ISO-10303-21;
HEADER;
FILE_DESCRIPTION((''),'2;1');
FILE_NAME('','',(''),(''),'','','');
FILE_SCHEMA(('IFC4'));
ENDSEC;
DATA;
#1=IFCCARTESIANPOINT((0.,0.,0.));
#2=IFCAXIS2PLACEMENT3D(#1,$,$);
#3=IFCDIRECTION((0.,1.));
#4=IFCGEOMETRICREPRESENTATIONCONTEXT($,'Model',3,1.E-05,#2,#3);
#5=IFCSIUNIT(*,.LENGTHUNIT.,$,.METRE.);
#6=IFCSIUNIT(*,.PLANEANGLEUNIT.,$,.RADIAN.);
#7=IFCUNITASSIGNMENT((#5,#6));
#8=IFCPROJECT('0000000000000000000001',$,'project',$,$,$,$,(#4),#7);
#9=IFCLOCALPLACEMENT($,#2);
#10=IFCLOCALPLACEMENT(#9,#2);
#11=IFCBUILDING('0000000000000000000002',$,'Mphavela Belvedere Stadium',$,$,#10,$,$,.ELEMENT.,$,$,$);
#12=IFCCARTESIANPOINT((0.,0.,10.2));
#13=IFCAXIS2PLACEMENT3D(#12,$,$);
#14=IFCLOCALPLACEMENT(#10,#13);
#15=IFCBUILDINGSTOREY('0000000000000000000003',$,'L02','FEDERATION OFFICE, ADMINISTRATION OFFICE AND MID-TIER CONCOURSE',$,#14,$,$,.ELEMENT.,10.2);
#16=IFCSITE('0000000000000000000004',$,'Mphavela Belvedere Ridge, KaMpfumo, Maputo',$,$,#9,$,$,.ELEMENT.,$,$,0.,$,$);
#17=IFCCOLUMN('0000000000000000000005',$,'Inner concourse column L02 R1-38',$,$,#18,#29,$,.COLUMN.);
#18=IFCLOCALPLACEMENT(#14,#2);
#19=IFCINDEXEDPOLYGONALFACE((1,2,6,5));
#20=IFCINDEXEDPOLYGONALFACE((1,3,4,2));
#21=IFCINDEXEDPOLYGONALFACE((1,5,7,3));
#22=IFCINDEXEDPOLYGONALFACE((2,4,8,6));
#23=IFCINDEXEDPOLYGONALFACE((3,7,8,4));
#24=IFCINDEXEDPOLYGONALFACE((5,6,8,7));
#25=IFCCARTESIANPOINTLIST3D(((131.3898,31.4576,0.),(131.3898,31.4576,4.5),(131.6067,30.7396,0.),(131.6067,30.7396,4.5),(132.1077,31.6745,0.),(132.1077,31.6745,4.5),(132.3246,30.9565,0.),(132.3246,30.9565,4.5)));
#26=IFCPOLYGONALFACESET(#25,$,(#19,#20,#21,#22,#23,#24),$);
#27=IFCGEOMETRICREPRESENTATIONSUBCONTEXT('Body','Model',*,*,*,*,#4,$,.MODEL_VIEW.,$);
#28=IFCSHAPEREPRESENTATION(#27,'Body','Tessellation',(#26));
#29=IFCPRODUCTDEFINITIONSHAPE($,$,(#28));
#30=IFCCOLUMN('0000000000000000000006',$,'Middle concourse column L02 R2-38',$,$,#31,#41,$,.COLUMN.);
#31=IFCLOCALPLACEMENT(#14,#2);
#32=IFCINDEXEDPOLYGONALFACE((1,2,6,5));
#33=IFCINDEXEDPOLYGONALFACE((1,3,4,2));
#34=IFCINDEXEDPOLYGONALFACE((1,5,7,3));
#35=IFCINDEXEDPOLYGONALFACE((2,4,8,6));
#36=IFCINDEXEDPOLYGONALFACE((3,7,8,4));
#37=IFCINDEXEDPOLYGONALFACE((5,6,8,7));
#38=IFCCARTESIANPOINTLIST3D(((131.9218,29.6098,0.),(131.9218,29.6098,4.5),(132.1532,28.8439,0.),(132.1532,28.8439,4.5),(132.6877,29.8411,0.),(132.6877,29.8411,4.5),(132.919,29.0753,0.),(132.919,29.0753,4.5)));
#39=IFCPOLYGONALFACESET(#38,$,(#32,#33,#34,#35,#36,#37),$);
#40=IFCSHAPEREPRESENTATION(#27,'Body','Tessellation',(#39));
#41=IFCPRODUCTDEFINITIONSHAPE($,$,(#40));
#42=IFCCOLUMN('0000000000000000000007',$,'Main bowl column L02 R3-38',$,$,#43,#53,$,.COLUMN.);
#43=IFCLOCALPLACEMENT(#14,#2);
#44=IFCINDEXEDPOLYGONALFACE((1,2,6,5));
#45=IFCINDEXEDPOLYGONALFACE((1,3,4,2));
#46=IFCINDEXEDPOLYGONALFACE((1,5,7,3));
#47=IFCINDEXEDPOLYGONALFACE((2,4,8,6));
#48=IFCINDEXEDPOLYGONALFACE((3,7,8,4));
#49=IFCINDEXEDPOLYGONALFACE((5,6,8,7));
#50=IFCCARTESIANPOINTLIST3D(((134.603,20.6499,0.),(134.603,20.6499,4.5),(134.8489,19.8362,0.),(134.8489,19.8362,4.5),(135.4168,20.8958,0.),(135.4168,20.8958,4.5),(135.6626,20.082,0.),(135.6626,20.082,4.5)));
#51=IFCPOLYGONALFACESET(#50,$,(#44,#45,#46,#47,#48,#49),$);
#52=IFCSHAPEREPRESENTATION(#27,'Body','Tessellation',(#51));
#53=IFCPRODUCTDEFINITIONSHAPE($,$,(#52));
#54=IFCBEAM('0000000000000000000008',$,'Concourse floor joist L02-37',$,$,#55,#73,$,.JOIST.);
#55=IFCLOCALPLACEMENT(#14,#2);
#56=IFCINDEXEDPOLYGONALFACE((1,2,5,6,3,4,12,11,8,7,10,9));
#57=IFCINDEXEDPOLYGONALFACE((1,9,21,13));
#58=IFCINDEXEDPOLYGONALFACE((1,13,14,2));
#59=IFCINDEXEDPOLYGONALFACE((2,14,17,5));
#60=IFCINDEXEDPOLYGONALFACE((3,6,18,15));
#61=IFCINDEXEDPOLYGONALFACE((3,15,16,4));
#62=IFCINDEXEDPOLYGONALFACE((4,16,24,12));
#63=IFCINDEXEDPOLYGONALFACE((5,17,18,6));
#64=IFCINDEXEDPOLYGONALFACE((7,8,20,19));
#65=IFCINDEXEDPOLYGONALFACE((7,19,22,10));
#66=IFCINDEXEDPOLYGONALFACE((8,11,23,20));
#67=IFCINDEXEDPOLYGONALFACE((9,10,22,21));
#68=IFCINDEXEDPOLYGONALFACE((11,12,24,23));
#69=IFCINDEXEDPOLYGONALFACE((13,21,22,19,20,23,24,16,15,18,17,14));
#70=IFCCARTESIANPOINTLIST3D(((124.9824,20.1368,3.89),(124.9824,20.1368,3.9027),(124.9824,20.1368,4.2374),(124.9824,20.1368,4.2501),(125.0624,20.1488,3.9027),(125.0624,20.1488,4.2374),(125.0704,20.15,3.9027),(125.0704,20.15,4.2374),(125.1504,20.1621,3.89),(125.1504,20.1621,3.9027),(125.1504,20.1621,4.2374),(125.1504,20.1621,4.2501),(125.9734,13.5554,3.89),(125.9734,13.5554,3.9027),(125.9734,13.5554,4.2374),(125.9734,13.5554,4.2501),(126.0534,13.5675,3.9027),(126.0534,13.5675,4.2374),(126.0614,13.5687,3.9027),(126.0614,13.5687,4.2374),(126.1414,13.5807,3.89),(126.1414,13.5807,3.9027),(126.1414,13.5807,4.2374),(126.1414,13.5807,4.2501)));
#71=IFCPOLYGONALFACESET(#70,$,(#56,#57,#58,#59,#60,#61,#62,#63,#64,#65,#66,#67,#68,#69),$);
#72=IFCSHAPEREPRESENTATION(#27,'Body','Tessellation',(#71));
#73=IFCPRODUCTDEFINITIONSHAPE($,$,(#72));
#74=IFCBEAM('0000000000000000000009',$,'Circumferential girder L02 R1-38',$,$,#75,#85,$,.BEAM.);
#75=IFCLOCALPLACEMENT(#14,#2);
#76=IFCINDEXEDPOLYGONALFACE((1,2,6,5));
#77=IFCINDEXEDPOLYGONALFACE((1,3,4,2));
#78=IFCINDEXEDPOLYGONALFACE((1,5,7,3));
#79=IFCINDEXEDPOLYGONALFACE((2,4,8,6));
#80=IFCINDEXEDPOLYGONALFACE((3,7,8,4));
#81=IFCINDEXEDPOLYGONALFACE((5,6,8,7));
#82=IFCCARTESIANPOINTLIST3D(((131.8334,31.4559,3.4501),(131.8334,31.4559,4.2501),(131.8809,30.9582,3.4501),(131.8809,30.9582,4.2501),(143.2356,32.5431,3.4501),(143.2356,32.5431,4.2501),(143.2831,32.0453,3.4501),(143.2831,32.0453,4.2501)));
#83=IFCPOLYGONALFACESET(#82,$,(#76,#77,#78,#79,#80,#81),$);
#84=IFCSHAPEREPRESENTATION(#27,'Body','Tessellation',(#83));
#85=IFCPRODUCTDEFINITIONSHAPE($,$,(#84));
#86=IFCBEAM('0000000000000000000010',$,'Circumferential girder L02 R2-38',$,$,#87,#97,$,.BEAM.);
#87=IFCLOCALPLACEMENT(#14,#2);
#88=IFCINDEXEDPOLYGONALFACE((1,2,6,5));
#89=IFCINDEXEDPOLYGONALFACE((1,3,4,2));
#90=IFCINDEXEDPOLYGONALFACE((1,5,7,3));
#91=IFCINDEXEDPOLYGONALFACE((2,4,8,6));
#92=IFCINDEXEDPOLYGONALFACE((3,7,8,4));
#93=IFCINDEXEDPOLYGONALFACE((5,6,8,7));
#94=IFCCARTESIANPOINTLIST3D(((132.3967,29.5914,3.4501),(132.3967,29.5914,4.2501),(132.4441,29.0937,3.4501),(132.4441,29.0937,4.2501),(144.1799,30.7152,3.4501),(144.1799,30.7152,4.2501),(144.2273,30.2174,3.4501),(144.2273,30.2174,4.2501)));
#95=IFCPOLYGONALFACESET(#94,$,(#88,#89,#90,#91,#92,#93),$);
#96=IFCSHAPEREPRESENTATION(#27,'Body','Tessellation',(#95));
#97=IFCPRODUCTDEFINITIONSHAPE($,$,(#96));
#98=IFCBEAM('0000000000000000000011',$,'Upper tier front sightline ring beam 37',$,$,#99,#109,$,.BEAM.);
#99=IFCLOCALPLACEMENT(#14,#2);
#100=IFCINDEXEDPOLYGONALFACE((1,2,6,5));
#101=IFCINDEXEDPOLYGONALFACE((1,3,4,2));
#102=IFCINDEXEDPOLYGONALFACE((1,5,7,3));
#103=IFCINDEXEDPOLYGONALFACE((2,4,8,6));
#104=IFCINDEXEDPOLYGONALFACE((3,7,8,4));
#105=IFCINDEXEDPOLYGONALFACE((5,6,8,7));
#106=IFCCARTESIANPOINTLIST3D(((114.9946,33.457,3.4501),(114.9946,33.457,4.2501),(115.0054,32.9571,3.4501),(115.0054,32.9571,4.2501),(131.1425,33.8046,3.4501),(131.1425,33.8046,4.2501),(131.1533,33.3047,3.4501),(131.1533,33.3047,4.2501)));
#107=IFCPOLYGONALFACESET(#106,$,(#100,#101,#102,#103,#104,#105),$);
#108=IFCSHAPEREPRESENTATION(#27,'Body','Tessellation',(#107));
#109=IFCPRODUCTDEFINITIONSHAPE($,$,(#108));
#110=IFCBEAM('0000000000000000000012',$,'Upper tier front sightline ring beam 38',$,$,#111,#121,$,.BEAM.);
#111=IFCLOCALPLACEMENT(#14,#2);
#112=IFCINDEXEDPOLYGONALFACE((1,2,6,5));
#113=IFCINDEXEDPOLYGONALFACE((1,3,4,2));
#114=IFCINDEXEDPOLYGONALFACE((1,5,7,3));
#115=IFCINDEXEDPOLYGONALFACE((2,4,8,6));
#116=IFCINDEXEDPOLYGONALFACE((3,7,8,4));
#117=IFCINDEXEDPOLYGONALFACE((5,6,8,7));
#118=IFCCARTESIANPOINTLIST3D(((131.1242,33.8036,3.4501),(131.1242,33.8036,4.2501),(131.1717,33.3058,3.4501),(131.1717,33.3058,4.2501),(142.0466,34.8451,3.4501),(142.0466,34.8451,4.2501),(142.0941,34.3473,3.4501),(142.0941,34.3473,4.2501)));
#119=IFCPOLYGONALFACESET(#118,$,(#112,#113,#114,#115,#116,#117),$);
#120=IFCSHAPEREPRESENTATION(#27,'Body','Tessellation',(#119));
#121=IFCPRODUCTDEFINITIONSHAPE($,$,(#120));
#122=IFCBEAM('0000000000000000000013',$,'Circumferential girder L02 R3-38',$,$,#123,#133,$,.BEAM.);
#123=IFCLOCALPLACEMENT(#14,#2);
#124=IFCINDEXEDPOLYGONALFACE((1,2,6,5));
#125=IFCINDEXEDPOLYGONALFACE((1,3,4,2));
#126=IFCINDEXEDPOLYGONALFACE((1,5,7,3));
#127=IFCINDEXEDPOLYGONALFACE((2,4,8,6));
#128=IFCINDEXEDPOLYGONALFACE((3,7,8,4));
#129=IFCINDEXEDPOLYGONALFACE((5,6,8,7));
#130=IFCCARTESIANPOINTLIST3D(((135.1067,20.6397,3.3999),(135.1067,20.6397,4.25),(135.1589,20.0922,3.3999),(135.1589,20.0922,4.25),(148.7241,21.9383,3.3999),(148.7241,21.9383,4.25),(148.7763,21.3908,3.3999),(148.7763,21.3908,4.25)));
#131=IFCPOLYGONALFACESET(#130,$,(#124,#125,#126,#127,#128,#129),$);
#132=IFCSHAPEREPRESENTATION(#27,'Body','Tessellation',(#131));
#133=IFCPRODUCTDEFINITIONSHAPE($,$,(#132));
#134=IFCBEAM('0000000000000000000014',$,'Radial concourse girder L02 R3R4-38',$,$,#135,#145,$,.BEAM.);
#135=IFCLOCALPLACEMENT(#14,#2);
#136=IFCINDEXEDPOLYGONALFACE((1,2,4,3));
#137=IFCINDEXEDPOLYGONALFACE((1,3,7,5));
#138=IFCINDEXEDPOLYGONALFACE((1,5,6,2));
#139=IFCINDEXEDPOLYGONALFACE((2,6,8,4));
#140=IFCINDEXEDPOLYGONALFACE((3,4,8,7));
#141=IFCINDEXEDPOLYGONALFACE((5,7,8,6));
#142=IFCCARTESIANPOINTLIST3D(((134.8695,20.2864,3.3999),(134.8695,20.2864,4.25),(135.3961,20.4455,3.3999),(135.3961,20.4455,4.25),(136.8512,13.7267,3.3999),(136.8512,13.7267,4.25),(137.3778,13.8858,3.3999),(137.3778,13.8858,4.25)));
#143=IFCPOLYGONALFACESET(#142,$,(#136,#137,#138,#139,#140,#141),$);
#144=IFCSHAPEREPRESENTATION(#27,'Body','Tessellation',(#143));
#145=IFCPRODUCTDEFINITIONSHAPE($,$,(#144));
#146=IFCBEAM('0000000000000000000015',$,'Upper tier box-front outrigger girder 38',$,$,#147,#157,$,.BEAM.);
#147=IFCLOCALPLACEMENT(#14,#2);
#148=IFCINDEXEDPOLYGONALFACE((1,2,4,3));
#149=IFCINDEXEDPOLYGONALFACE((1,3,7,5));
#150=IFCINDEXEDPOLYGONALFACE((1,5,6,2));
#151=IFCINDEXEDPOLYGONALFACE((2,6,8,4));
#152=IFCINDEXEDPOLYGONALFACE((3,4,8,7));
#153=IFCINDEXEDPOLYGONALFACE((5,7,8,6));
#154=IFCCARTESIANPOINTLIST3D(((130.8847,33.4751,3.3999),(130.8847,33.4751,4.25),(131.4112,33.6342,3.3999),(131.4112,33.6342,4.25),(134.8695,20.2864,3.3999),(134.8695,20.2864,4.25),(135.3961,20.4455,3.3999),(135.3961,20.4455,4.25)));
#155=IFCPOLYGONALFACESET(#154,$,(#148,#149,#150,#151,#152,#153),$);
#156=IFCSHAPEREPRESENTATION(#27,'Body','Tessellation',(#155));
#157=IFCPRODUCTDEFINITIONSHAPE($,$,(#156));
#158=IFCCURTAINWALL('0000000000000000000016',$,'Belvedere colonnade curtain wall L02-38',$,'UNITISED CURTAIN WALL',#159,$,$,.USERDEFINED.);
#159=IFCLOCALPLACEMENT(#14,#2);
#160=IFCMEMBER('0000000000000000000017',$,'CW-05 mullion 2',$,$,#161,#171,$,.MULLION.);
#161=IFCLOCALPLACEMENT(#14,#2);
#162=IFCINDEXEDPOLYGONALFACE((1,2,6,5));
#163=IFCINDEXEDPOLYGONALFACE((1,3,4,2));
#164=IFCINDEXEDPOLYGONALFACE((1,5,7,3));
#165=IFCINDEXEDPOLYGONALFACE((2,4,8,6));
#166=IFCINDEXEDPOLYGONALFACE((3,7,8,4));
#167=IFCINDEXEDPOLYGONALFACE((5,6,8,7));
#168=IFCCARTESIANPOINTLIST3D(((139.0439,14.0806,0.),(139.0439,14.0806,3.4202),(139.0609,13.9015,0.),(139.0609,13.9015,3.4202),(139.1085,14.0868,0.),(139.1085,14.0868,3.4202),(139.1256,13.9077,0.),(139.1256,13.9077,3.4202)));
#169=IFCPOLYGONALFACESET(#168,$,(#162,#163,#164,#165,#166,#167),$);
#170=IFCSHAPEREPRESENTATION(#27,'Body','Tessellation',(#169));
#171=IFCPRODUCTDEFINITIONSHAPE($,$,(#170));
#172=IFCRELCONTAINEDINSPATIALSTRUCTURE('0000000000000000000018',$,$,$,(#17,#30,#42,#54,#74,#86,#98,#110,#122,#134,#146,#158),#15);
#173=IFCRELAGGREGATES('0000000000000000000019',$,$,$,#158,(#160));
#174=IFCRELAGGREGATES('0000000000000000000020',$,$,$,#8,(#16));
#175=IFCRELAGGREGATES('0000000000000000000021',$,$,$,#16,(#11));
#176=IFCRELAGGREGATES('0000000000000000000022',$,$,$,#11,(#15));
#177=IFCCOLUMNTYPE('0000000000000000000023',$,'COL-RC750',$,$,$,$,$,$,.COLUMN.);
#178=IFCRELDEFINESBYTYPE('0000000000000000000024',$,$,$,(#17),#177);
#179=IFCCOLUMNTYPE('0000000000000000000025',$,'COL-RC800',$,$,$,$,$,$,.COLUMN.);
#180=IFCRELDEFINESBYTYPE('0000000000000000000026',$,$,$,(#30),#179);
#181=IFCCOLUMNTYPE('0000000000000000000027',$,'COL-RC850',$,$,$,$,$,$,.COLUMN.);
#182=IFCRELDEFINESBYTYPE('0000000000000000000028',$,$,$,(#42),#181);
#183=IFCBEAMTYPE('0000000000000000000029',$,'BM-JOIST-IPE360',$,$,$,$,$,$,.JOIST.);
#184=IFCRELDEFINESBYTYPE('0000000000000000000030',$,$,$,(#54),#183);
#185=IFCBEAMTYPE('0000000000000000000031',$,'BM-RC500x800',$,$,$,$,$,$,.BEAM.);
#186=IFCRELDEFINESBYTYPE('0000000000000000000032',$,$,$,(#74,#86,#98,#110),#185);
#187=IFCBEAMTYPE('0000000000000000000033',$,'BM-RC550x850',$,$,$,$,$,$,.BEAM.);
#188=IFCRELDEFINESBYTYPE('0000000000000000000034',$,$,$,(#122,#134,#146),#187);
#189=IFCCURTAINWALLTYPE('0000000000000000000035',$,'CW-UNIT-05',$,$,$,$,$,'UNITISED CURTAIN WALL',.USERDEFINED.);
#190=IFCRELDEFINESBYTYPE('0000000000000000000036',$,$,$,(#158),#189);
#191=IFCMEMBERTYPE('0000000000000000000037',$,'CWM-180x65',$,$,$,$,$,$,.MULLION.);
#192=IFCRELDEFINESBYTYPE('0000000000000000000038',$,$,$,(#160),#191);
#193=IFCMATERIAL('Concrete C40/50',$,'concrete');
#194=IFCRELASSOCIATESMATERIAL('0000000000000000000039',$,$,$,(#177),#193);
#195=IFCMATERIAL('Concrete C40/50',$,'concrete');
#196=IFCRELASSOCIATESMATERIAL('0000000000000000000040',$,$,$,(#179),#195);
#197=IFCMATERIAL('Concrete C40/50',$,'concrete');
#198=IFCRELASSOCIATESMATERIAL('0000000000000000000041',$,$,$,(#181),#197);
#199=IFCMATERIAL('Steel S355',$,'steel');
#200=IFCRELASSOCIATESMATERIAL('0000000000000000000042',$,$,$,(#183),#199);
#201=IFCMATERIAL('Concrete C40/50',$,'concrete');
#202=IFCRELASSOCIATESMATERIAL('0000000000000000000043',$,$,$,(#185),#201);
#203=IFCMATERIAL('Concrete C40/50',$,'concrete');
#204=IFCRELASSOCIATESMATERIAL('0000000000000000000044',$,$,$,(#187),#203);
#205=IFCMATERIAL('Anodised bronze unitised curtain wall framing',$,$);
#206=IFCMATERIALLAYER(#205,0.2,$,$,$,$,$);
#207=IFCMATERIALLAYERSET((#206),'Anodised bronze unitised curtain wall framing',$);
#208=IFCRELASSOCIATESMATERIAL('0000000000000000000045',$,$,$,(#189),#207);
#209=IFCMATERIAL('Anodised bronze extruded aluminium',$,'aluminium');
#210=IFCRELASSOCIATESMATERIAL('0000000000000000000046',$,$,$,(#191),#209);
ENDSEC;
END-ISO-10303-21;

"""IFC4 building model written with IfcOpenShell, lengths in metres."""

from ifc_helpers import new_model, si_unit, direction, frame, origin, origin_2d, place, context, subcontext, project, spatial, rectangle, i_section, extrude, material, layer, layer_set, material_profile, profile_set, type_object, element, aggregate, save


model = new_model("IFC4")

# Units and contexts
model_context = context("Model", 3, precision=1e-05, world=origin(), true_north=direction((0.0, 1.0)))
body_context = subcontext(model_context, "Body", "Model", "MODEL_VIEW")
ifc_project = project(units=[si_unit("LENGTHUNIT", "METRE"), si_unit("PLANEANGLEUNIT", "RADIAN")], contexts=[model_context])

# Site, building, storey
site_placement = place(None, origin())
site = spatial("IfcSite", under=ifc_project, at=site_placement, Name="Mphavela Belvedere Ridge, KaMpfumo, Maputo", CompositionType="ELEMENT", RefElevation=0.0)
building_placement = place(site_placement, origin())
building = spatial("IfcBuilding", under=site, at=building_placement, Name="Mphavela Belvedere Stadium", CompositionType="ELEMENT")
storey_placement = place(building_placement, frame((0.0, 0.0, 10.2)))
storey = spatial("IfcBuildingStorey", under=building, at=storey_placement, Name="L02", Description="FEDERATION OFFICE, ADMINISTRATION OFFICE AND MID-TIER CONCOURSE", CompositionType="ELEMENT", Elevation=10.2)

# Columns
ifc_material_1 = material(Name="Concrete C40/50", Category="concrete")
ifc_material_profile_1 = material_profile(ifc_material_1, rectangle(XDim=0.75, YDim=0.75, at=origin_2d()), Name="RC 750x750")
ifc_profile_set_1 = profile_set([ifc_material_profile_1], Name="Concrete C40/50")
column_type_1 = type_object("IfcColumnType", Name="COL-RC750", PredefinedType="COLUMN", material=ifc_profile_set_1)
column_1_placement = place(storey_placement, frame((131.8572, 31.207, 0.0), z_axis=(0.0, 0.0, 1.0), x_axis=(0.289199, -0.957269, 0.0)))
element("IfcColumn", 1, at=column_1_placement, inside=storey, type_object=column_type_1, Name="Inner concourse column L02 R1-38", PredefinedType="COLUMN", context=body_context, shape_type="SweptSolid", body=[
    extrude(rectangle(XDim=0.75, YDim=0.75, at=origin_2d()), origin(), (0.0, 0.0, 1.0), 4.5),
])
ifc_material_2 = material(Name="Concrete C40/50", Category="concrete")
ifc_material_profile_2 = material_profile(ifc_material_2, rectangle(XDim=0.8, YDim=0.8, at=origin_2d()), Name="RC 800x800")
ifc_profile_set_2 = profile_set([ifc_material_profile_2], Name="Concrete C40/50")
column_type_2 = type_object("IfcColumnType", Name="COL-RC800", PredefinedType="COLUMN", material=ifc_profile_set_2)
column_2_placement = place(storey_placement, frame((132.4204, 29.3425, 0.0), z_axis=(0.0, 0.0, 1.0), x_axis=(0.289199, -0.957269, 0.0)))
element("IfcColumn", 2, at=column_2_placement, inside=storey, type_object=column_type_2, Name="Middle concourse column L02 R2-38", PredefinedType="COLUMN", context=body_context, shape_type="SweptSolid", body=[
    extrude(rectangle(XDim=0.8, YDim=0.8, at=origin_2d()), origin(), (0.0, 0.0, 1.0), 4.5),
])
ifc_material_3 = material(Name="Concrete C40/50", Category="concrete")
ifc_material_profile_3 = material_profile(ifc_material_3, rectangle(XDim=0.8501, YDim=0.8501, at=origin_2d()), Name="RC 850x850")
ifc_profile_set_3 = profile_set([ifc_material_profile_3], Name="Concrete C40/50")
column_type_3 = type_object("IfcColumnType", Name="COL-RC850", PredefinedType="COLUMN", material=ifc_profile_set_3)
column_3_placement = place(storey_placement, frame((135.1328, 20.366, 0.0), z_axis=(0.0, 0.0, 1.0), x_axis=(0.289199, -0.957269, 0.0)))
element("IfcColumn", 3, at=column_3_placement, inside=storey, type_object=column_type_3, Name="Main bowl column L02 R3-38", PredefinedType="COLUMN", context=body_context, shape_type="SweptSolid", body=[
    extrude(rectangle(XDim=0.8501, YDim=0.8501, at=origin_2d()), origin(), (0.0, 0.0, 1.0), 4.5),
])

# Beams
ifc_material_4 = material(Name="Steel S355", Category="steel")
ifc_material_profile_4 = material_profile(ifc_material_4, i_section(OverallWidth=0.1699, OverallDepth=0.3601, WebThickness=0.0081, FlangeThickness=0.0127, at=origin_2d()), Name="IPE 360")
ifc_profile_set_4 = profile_set([ifc_material_profile_4], Name="Steel S355")
beam_type_1 = type_object("IfcBeamType", Name="BM-JOIST-IPE360", PredefinedType="JOIST", material=ifc_profile_set_4)
beam_1_placement = place(storey_placement, frame((125.0664, 20.1494, 4.0701), z_axis=(0.148895, -0.988853, 0.0), x_axis=(0.988853, 0.148895, 0.0)))
element("IfcBeam", 4, at=beam_1_placement, inside=storey, type_object=beam_type_1, Name="Concourse floor joist L02-37", PredefinedType="JOIST", context=body_context, shape_type="SweptSolid", body=[
    extrude(i_section(OverallWidth=0.1699, OverallDepth=0.3601, WebThickness=0.0081, FlangeThickness=0.0127, at=origin_2d()), origin(), (0.0, 0.0, 1.0), 6.6555),
])
ifc_material_5 = material(Name="Concrete C40/50", Category="concrete")
ifc_material_profile_5 = material_profile(ifc_material_5, rectangle(XDim=0.5, YDim=0.8, at=origin_2d()), Name="RC 500x800")
ifc_profile_set_5 = profile_set([ifc_material_profile_5], Name="Concrete C40/50")
beam_type_2 = type_object("IfcBeamType", Name="BM-RC500x800", PredefinedType="BEAM", material=ifc_profile_set_5)
beam_2_placement = place(storey_placement, frame((131.8572, 31.207, 3.8501), z_axis=(0.995485, 0.094917, 0.0), x_axis=(-0.094917, 0.995485, 0.0)))
element("IfcBeam", 5, at=beam_2_placement, inside=storey, type_object=beam_type_2, Name="Circumferential girder L02 R1-38", PredefinedType="BEAM", context=body_context, shape_type="SweptSolid", body=[
    extrude(rectangle(XDim=0.5, YDim=0.8, at=origin_2d()), origin(), (0.0, 0.0, 1.0), 11.4539),
])
beam_3_placement = place(storey_placement, frame((132.4204, 29.3425, 3.8501), z_axis=(0.995483, 0.09494, 0.0), x_axis=(-0.09494, 0.995483, 0.0)))
element("IfcBeam", 6, at=beam_3_placement, inside=storey, type_object=beam_type_2, Name="Circumferential girder L02 R2-38", PredefinedType="BEAM", context=body_context, shape_type="SweptSolid", body=[
    extrude(rectangle(XDim=0.5, YDim=0.8, at=origin_2d()), origin(), (0.0, 0.0, 1.0), 11.8367),
])
beam_4_placement = place(storey_placement, frame((115.0, 33.207, 3.8501), z_axis=(0.999768, 0.021524, 0.0), x_axis=(-0.021524, 0.999768, 0.0)))
element("IfcBeam", 7, at=beam_4_placement, inside=storey, type_object=beam_type_2, Name="Upper tier front sightline ring beam 37", PredefinedType="BEAM", context=body_context, shape_type="SweptSolid", body=[
    extrude(rectangle(XDim=0.5, YDim=0.8, at=origin_2d()), origin(), (0.0, 0.0, 1.0), 16.1516),
])
beam_5_placement = place(storey_placement, frame((131.1479, 33.5547, 3.8501), z_axis=(0.995484, 0.094925, 0.0), x_axis=(-0.094925, 0.995484, 0.0)))
element("IfcBeam", 8, at=beam_5_placement, inside=storey, type_object=beam_type_2, Name="Upper tier front sightline ring beam 38", PredefinedType="BEAM", context=body_context, shape_type="SweptSolid", body=[
    extrude(rectangle(XDim=0.5, YDim=0.8, at=origin_2d()), origin(), (0.0, 0.0, 1.0), 10.9719),
])
ifc_material_6 = material(Name="Concrete C40/50", Category="concrete")
ifc_material_profile_6 = material_profile(ifc_material_6, rectangle(XDim=0.55, YDim=0.8501, at=origin_2d()), Name="RC 550x850")
ifc_profile_set_6 = profile_set([ifc_material_profile_6], Name="Concrete C40/50")
beam_type_3 = type_object("IfcBeamType", Name="BM-RC550x850", PredefinedType="BEAM", material=ifc_profile_set_6)
beam_6_placement = place(storey_placement, frame((135.1328, 20.366, 3.825), z_axis=(0.995484, 0.094931, 0.0), x_axis=(-0.094931, 0.995484, 0.0)))
element("IfcBeam", 9, at=beam_6_placement, inside=storey, type_object=beam_type_3, Name="Circumferential girder L02 R3-38", PredefinedType="BEAM", context=body_context, shape_type="SweptSolid", body=[
    extrude(rectangle(XDim=0.55, YDim=0.8501, at=origin_2d()), origin(), (0.0, 0.0, 1.0), 13.6792),
])
beam_7_placement = place(storey_placement, frame((135.1328, 20.366, 3.825), z_axis=(0.289188, -0.957272, 0.0), x_axis=(0.957272, 0.289188, 0.0)))
element("IfcBeam", 10, at=beam_7_placement, inside=storey, type_object=beam_type_3, Name="Radial concourse girder L02 R3R4-38", PredefinedType="BEAM", context=body_context, shape_type="SweptSolid", body=[
    extrude(rectangle(XDim=0.55, YDim=0.8501, at=origin_2d()), origin(), (0.0, 0.0, 1.0), 6.8525),
])
beam_8_placement = place(storey_placement, frame((131.1479, 33.5547, 3.825), z_axis=(0.289228, -0.95726, 0.0), x_axis=(0.95726, 0.289228, 0.0)))
element("IfcBeam", 11, at=beam_8_placement, inside=storey, type_object=beam_type_3, Name="Upper tier box-front outrigger girder 38", PredefinedType="BEAM", context=body_context, shape_type="SweptSolid", body=[
    extrude(rectangle(XDim=0.55, YDim=0.8501, at=origin_2d()), origin(), (0.0, 0.0, 1.0), 13.7776),
])

# Curtain wall, member
ifc_material_7 = material(Name="Anodised bronze unitised curtain wall framing")
ifc_layer_1 = layer(ifc_material_7, 0.2)
ifc_layer_set_1 = layer_set([ifc_layer_1], Name="Anodised bronze unitised curtain wall framing")
curtain_wall_type = type_object("IfcCurtainWallType", Name="CW-UNIT-05", ElementType="UNITISED CURTAIN WALL", PredefinedType="USERDEFINED", material=ifc_layer_set_1)
curtain_wall_placement = place(storey_placement, origin())
curtain_wall = element("IfcCurtainWall", 12, at=curtain_wall_placement, inside=storey, type_object=curtain_wall_type, Name="Belvedere colonnade curtain wall L02-38", ObjectType="UNITISED CURTAIN WALL", PredefinedType="USERDEFINED")
ifc_material_8 = material(Name="Anodised bronze extruded aluminium", Category="aluminium")
ifc_material_profile_7 = material_profile(ifc_material_8, rectangle(XDim=0.1799, YDim=0.0649, at=origin_2d()), Name="CW-MUL 180x65")
ifc_profile_set_7 = profile_set([ifc_material_profile_7], Name="Anodised bronze extruded aluminium")
member_type_1 = type_object("IfcMemberType", Name="CWM-180x65", PredefinedType="MULLION", material=ifc_profile_set_7)
member_1_placement = place(storey_placement, frame((139.0847, 13.9941, 0.0), z_axis=(0.0, 0.0, 1.0), x_axis=(-0.094926, 0.995484, 0.0)))
member_1 = element("IfcMember", 13, at=member_1_placement, type_object=member_type_1, Name="CW-05 mullion 2", PredefinedType="MULLION", context=body_context, shape_type="SweptSolid", body=[
    extrude(rectangle(XDim=0.1799, YDim=0.0649, at=origin_2d()), origin(), (0.0, 0.0, 1.0), 3.4202),
])
aggregate(curtain_wall, [member_1])

save(model, "model.ifc")
